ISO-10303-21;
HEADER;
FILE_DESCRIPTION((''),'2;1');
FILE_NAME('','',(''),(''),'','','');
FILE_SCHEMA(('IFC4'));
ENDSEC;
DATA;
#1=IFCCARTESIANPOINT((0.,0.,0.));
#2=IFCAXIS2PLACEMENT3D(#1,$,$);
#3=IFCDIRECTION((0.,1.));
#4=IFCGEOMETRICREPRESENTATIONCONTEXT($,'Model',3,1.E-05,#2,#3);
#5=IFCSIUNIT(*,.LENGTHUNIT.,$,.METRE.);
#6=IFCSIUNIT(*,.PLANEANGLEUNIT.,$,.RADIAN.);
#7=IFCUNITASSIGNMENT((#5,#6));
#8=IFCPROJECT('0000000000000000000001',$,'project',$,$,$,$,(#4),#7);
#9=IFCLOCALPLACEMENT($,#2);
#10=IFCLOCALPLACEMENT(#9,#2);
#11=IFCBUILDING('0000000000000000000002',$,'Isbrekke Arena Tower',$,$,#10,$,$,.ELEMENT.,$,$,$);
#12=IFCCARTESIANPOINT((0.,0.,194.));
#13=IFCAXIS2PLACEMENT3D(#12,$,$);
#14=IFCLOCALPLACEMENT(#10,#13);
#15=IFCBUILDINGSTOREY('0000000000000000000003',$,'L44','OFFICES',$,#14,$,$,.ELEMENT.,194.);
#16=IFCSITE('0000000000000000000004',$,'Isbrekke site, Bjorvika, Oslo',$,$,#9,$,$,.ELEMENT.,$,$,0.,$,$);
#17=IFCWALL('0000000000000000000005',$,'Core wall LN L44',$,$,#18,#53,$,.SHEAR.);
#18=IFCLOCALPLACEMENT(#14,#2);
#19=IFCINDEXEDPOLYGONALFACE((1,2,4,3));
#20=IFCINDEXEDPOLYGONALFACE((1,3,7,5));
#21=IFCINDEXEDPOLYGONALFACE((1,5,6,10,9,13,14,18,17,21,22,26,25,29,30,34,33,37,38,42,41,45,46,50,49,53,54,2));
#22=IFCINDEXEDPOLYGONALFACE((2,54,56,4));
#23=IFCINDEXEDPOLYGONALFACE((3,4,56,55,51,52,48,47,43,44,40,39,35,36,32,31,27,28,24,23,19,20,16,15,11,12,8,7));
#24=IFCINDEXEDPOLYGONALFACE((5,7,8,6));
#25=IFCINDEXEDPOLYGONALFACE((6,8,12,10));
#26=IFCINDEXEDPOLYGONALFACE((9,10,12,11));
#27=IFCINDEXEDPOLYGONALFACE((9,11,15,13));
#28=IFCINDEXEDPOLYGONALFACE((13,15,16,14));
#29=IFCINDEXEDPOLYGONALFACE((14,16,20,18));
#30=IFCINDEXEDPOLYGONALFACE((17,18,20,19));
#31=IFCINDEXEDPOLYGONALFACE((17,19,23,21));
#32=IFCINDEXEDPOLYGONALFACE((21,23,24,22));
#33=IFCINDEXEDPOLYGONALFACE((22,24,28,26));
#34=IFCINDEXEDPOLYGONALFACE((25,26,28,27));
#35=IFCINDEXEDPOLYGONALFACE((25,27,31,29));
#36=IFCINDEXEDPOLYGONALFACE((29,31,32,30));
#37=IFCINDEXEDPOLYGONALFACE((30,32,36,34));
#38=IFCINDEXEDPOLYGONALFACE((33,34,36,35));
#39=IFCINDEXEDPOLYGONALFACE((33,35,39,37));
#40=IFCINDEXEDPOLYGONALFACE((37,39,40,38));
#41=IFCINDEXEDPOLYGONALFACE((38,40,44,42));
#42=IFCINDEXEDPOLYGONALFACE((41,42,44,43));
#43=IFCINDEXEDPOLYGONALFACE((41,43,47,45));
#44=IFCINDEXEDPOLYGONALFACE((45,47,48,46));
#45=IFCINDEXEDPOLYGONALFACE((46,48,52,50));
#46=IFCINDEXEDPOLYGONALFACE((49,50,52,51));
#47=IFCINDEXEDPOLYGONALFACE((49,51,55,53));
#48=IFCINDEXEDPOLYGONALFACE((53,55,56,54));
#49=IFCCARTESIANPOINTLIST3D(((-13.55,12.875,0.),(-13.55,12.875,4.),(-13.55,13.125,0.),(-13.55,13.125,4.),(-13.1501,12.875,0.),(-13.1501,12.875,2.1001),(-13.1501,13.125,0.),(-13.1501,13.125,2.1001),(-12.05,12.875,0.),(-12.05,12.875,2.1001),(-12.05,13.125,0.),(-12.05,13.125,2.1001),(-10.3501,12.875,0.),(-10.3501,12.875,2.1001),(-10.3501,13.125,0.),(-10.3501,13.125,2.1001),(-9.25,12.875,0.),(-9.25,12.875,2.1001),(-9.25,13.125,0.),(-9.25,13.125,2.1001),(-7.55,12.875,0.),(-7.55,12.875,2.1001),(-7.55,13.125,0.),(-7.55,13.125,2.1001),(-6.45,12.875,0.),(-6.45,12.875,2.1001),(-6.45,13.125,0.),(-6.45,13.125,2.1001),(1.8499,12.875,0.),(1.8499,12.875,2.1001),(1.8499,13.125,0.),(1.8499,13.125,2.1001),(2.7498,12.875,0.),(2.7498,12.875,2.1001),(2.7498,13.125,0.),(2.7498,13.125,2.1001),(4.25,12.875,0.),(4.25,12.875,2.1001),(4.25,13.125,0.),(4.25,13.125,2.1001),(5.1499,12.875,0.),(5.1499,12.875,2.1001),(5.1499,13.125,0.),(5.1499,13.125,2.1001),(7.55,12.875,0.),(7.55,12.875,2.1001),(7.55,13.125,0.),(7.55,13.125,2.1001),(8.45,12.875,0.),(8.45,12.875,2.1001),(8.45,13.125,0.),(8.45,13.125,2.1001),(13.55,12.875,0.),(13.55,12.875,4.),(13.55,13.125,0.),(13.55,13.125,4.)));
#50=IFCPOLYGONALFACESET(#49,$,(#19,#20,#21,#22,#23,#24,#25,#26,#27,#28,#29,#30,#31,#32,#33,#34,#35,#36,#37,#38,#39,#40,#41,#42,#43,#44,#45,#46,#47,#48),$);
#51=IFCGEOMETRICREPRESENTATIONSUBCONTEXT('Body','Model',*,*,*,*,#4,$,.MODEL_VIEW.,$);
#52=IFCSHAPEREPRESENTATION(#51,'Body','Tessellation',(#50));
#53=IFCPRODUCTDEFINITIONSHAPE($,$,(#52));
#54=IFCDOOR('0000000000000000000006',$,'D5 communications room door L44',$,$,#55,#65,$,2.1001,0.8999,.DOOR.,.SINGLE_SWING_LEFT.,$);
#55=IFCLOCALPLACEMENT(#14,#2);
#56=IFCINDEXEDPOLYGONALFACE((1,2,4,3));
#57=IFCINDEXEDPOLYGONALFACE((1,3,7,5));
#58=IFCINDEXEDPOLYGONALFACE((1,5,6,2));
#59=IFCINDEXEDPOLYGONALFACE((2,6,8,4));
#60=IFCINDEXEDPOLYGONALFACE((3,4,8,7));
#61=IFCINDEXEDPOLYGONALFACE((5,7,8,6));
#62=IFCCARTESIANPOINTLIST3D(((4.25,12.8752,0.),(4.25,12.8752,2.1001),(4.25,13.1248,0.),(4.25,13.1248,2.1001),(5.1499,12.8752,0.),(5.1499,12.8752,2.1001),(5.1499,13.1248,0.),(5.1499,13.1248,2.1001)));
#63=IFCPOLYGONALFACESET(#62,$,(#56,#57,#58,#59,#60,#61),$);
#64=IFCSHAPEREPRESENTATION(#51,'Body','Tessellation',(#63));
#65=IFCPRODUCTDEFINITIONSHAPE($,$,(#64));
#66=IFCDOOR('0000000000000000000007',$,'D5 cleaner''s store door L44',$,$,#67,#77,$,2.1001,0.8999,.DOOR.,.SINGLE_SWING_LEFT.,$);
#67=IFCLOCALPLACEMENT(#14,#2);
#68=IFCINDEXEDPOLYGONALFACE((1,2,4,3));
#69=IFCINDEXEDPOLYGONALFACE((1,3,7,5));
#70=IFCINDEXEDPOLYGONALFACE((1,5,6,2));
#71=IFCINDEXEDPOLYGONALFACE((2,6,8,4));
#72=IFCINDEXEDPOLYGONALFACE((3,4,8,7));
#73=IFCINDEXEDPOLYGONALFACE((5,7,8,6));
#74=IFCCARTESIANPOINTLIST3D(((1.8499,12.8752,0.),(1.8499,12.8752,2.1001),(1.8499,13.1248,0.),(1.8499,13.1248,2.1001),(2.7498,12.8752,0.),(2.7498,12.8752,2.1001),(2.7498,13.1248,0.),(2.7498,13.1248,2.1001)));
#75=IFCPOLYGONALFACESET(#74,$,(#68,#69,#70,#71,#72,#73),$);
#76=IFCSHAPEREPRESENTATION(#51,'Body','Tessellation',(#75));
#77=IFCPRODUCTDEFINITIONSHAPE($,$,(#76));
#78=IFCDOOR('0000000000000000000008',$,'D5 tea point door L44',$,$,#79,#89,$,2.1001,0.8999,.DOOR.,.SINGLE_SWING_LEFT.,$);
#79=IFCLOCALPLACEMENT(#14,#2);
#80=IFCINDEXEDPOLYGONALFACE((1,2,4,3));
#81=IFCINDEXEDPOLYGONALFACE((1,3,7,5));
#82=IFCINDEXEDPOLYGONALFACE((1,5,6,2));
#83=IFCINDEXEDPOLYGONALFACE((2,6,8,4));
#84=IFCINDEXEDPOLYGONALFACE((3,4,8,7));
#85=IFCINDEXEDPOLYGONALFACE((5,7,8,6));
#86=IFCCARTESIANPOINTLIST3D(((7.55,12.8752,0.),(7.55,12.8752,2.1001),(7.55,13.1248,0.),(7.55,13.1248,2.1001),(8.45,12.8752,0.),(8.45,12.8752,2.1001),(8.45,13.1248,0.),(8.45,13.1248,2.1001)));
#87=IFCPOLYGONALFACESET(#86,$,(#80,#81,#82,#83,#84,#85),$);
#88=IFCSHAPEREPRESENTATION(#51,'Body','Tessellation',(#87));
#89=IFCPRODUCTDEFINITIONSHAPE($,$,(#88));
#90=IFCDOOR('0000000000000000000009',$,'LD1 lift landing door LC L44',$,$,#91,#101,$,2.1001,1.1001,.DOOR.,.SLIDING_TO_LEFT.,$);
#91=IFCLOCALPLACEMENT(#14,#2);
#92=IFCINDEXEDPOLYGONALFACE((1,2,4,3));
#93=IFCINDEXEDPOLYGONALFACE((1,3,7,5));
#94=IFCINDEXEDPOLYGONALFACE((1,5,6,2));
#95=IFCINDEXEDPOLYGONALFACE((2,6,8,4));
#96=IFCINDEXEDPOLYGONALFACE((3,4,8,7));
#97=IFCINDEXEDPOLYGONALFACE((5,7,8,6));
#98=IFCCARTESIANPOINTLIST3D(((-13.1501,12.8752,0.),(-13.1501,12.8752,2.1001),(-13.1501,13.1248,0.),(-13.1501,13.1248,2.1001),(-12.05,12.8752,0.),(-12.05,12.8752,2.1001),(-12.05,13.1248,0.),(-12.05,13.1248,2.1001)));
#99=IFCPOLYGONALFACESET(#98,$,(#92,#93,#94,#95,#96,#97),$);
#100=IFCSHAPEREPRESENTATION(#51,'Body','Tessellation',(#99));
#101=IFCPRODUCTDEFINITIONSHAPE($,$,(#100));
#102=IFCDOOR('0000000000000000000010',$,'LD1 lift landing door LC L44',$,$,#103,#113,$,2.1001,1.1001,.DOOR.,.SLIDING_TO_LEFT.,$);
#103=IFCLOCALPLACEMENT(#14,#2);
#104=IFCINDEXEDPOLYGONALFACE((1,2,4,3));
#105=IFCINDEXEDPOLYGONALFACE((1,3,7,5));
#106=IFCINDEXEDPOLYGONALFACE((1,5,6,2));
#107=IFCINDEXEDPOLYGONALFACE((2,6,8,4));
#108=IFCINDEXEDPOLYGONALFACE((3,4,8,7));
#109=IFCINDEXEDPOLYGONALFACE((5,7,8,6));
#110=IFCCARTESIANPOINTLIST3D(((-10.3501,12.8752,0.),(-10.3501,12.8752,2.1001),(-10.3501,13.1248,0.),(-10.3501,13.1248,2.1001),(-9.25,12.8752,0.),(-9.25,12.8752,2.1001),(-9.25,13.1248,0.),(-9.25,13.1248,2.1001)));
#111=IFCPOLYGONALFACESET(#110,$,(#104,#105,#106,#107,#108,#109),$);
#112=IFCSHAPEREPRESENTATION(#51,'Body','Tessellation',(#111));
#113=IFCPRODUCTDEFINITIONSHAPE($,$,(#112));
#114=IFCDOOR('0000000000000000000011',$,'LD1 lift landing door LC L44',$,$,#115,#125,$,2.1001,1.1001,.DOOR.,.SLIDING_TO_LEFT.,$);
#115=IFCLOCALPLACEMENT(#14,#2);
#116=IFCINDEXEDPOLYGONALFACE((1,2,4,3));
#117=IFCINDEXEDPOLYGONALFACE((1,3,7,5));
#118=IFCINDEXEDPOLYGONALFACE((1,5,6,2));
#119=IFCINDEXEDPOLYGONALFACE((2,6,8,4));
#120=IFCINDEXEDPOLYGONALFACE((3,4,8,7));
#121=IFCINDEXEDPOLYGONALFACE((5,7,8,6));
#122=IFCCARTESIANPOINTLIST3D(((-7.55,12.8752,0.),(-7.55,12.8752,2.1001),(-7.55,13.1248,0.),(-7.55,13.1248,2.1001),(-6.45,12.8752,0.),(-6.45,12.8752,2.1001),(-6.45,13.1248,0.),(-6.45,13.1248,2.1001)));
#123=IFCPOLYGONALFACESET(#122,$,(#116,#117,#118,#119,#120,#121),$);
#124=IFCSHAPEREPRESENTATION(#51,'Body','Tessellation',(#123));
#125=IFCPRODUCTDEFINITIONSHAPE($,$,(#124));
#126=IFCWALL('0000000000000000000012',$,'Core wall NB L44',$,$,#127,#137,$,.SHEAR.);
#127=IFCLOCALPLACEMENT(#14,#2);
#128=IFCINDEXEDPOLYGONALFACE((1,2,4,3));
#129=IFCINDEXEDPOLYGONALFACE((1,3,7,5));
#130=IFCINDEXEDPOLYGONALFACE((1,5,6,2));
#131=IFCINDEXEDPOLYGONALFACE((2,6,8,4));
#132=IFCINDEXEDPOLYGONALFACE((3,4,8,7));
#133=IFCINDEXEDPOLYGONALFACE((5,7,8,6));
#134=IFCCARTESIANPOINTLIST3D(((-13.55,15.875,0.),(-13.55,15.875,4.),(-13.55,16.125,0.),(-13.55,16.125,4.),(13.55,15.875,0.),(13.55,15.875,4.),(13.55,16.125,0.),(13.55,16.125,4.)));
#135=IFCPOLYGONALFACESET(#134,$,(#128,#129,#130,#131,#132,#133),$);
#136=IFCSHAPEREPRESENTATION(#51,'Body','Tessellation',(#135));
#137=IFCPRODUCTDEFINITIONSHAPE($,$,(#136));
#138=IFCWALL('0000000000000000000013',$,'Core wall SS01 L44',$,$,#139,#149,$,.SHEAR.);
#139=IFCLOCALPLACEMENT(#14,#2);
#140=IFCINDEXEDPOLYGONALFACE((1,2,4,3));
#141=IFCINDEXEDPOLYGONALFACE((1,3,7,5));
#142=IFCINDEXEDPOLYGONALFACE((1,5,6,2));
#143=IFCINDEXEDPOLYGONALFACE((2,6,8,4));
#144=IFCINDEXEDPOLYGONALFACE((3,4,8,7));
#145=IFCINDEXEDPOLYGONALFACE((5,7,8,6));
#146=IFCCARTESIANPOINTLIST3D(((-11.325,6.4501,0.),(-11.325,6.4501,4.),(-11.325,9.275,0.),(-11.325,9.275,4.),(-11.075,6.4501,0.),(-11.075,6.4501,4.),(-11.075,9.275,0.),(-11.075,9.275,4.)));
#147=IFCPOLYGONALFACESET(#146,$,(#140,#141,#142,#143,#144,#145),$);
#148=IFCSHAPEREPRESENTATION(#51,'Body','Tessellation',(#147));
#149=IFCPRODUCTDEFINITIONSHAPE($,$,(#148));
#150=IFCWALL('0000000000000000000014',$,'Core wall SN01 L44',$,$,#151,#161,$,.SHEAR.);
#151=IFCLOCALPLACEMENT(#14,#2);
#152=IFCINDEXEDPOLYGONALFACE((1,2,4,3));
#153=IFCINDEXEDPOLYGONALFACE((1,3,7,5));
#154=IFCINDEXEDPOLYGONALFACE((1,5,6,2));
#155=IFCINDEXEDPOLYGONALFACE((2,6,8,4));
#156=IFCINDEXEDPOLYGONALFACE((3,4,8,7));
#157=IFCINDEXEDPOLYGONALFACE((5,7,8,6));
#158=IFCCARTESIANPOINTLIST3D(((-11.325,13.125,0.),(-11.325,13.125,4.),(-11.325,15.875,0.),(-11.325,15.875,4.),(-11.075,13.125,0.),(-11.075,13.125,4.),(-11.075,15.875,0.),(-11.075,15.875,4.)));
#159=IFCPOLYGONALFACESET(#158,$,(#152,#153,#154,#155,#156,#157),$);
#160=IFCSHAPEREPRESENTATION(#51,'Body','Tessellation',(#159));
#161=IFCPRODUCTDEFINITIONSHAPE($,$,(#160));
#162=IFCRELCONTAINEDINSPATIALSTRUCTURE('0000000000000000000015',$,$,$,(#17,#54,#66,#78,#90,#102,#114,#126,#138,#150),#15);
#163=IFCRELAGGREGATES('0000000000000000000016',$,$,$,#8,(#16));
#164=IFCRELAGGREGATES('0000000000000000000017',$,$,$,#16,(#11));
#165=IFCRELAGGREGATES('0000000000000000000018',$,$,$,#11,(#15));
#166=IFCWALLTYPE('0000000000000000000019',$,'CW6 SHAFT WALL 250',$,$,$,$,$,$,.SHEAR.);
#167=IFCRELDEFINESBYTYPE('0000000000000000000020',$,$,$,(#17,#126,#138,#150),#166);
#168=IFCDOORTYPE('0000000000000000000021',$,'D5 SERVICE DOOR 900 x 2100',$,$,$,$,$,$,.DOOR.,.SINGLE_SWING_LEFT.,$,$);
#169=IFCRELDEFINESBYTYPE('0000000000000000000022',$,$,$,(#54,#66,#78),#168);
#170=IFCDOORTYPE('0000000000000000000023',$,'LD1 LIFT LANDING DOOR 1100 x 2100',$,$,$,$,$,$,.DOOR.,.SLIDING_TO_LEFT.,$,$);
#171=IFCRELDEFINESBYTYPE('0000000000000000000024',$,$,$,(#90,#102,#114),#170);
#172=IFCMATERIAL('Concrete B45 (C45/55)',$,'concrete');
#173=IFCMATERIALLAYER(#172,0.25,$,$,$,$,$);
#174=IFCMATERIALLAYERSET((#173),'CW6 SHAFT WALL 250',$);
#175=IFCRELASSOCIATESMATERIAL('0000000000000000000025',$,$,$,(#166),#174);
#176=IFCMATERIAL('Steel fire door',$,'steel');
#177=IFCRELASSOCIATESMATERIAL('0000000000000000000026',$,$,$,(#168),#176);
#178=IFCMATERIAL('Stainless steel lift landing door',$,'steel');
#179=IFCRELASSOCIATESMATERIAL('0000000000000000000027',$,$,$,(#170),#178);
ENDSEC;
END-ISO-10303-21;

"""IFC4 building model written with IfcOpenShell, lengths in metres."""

from ifc_helpers import new_model, si_unit, direction, frame, frame_2d, origin, place, context, subcontext, project, spatial, rectangle, extrude, material, layer, layer_set, type_object, element, fill, save


model = new_model("IFC4")

# Units and contexts
model_context = context("Model", 3, precision=1e-05, world=origin(), true_north=direction((0.0, 1.0)))
body_context = subcontext(model_context, "Body", "Model", "MODEL_VIEW")
ifc_project = project(units=[si_unit("LENGTHUNIT", "METRE"), si_unit("PLANEANGLEUNIT", "RADIAN")], contexts=[model_context])

# Site, building, storey
site_placement = place(None, origin())
site = spatial("IfcSite", under=ifc_project, at=site_placement, Name="Isbrekke site, Bjorvika, Oslo", CompositionType="ELEMENT", RefElevation=0.0)
building_placement = place(site_placement, origin())
building = spatial("IfcBuilding", under=site, at=building_placement, Name="Isbrekke Arena Tower", CompositionType="ELEMENT")
storey_placement = place(building_placement, frame((0.0, 0.0, 194.0)))
storey = spatial("IfcBuildingStorey", under=building, at=storey_placement, Name="L44", Description="OFFICES", CompositionType="ELEMENT", Elevation=194.0)

# Wall, openings, doors
ifc_material_1 = material(Name="Concrete B45 (C45/55)", Category="concrete")
ifc_layer_1 = layer(ifc_material_1, 0.25)
ifc_layer_set_1 = layer_set([ifc_layer_1], Name="CW6 SHAFT WALL 250")
wall_type_1 = type_object("IfcWallType", Name="CW6 SHAFT WALL 250", PredefinedType="SHEAR", material=ifc_layer_set_1)
ifc_material_2 = material(Name="Steel fire door", Category="steel")
door_type_1 = type_object("IfcDoorType", Name="D5 SERVICE DOOR 900 x 2100", OperationType="SINGLE_SWING_LEFT", PredefinedType="DOOR", material=ifc_material_2)
ifc_material_3 = material(Name="Stainless steel lift landing door", Category="steel")
door_type_2 = type_object("IfcDoorType", Name="LD1 LIFT LANDING DOOR 1100 x 2100", OperationType="SLIDING_TO_LEFT", PredefinedType="DOOR", material=ifc_material_3)
wall_1_placement = place(storey_placement, frame((-13.55, 13.0, 0.0), z_axis=(0.0, 0.0, 1.0), x_axis=(1.0, 0.0, 0.0)))
wall_1 = element("IfcWall", 1, at=wall_1_placement, inside=storey, type_object=wall_type_1, Name="Core wall LN L44", PredefinedType="SHEAR", context=body_context, shape_type="SweptSolid", body=[
    extrude(rectangle(XDim=27.1001, YDim=0.25, at=frame_2d((13.55, 0.0))), origin(), (0.0, 0.0, 1.0), 4.0),
])
opening_1_placement = place(wall_1_placement, frame((0.3999, 0.0, 0.0)))
opening_1 = element("IfcOpeningElement", 2, at=opening_1_placement, cuts=wall_1, PredefinedType="OPENING", context=body_context, shape_type="SweptSolid", body=[
    extrude(rectangle(XDim=1.1001, YDim=2.1001, at=frame_2d((0.55, 1.05))), frame((0.0, 0.1399, 0.0), z_axis=(0.0, -1.0, 0.0), x_axis=(1.0, 0.0, 0.0)), (0.0, 0.0, 1.0), 0.2798),
])
opening_2_placement = place(wall_1_placement, frame((3.2, 0.0, 0.0)))
opening_2 = element("IfcOpeningElement", 3, at=opening_2_placement, cuts=wall_1, PredefinedType="OPENING", context=body_context, shape_type="SweptSolid", body=[
    extrude(rectangle(XDim=1.1001, YDim=2.1001, at=frame_2d((0.55, 1.05))), frame((0.0, 0.1399, 0.0), z_axis=(0.0, -1.0, 0.0), x_axis=(1.0, 0.0, 0.0)), (0.0, 0.0, 1.0), 0.2798),
])
opening_3_placement = place(wall_1_placement, frame((6.0, 0.0, 0.0)))
opening_3 = element("IfcOpeningElement", 4, at=opening_3_placement, cuts=wall_1, PredefinedType="OPENING", context=body_context, shape_type="SweptSolid", body=[
    extrude(rectangle(XDim=1.1001, YDim=2.1001, at=frame_2d((0.55, 1.05))), frame((0.0, 0.1399, 0.0), z_axis=(0.0, -1.0, 0.0), x_axis=(1.0, 0.0, 0.0)), (0.0, 0.0, 1.0), 0.2798),
])
opening_4_placement = place(wall_1_placement, frame((17.8, 0.0, 0.0)))
opening_4 = element("IfcOpeningElement", 5, at=opening_4_placement, cuts=wall_1, PredefinedType="OPENING", context=body_context, shape_type="SweptSolid", body=[
    extrude(rectangle(XDim=0.8999, YDim=2.1001, at=frame_2d((0.45, 1.05))), frame((0.0, 0.1399, 0.0), z_axis=(0.0, -1.0, 0.0), x_axis=(1.0, 0.0, 0.0)), (0.0, 0.0, 1.0), 0.2798),
])
opening_5_placement = place(wall_1_placement, frame((15.3999, 0.0, 0.0)))
opening_5 = element("IfcOpeningElement", 6, at=opening_5_placement, cuts=wall_1, PredefinedType="OPENING", context=body_context, shape_type="SweptSolid", body=[
    extrude(rectangle(XDim=0.8999, YDim=2.1001, at=frame_2d((0.45, 1.05))), frame((0.0, 0.1399, 0.0), z_axis=(0.0, -1.0, 0.0), x_axis=(1.0, 0.0, 0.0)), (0.0, 0.0, 1.0), 0.2798),
])
opening_6_placement = place(wall_1_placement, frame((21.1001, 0.0, 0.0)))
opening_6 = element("IfcOpeningElement", 7, at=opening_6_placement, cuts=wall_1, PredefinedType="OPENING", context=body_context, shape_type="SweptSolid", body=[
    extrude(rectangle(XDim=0.8999, YDim=2.1001, at=frame_2d((0.45, 1.05))), frame((0.0, 0.1399, 0.0), z_axis=(0.0, -1.0, 0.0), x_axis=(1.0, 0.0, 0.0)), (0.0, 0.0, 1.0), 0.2798),
])
door_1_placement = place(opening_4_placement, origin())
door_1 = element("IfcDoor", 8, at=door_1_placement, inside=storey, type_object=door_type_1, Name="D5 communications room door L44", OperationType="SINGLE_SWING_LEFT", OverallHeight=2.1001, OverallWidth=0.8999, PredefinedType="DOOR", context=body_context, shape_type="SweptSolid", body=[
    extrude(rectangle(XDim=0.8999, YDim=2.1001, at=frame_2d((0.45, 1.05))), frame((0.0, 0.1248, 0.0), z_axis=(0.0, -1.0, 0.0), x_axis=(1.0, 0.0, 0.0)), (0.0, 0.0, 1.0), 0.2495),
])
fill(opening_4, door_1)
door_2_placement = place(opening_5_placement, origin())
door_2 = element("IfcDoor", 9, at=door_2_placement, inside=storey, type_object=door_type_1, Name="D5 cleaner's store door L44", OperationType="SINGLE_SWING_LEFT", OverallHeight=2.1001, OverallWidth=0.8999, PredefinedType="DOOR", context=body_context, shape_type="SweptSolid", body=[
    extrude(rectangle(XDim=0.8999, YDim=2.1001, at=frame_2d((0.45, 1.05))), frame((0.0, 0.1248, 0.0), z_axis=(0.0, -1.0, 0.0), x_axis=(1.0, 0.0, 0.0)), (0.0, 0.0, 1.0), 0.2495),
])
fill(opening_5, door_2)
door_3_placement = place(opening_6_placement, origin())
door_3 = element("IfcDoor", 10, at=door_3_placement, inside=storey, type_object=door_type_1, Name="D5 tea point door L44", OperationType="SINGLE_SWING_LEFT", OverallHeight=2.1001, OverallWidth=0.8999, PredefinedType="DOOR", context=body_context, shape_type="SweptSolid", body=[
    extrude(rectangle(XDim=0.8999, YDim=2.1001, at=frame_2d((0.45, 1.05))), frame((0.0, 0.1248, 0.0), z_axis=(0.0, -1.0, 0.0), x_axis=(1.0, 0.0, 0.0)), (0.0, 0.0, 1.0), 0.2495),
])
fill(opening_6, door_3)
door_4_placement = place(opening_1_placement, origin())
door_4 = element("IfcDoor", 11, at=door_4_placement, inside=storey, type_object=door_type_2, Name="LD1 lift landing door LC L44", OperationType="SLIDING_TO_LEFT", OverallHeight=2.1001, OverallWidth=1.1001, PredefinedType="DOOR", context=body_context, shape_type="SweptSolid", body=[
    extrude(rectangle(XDim=1.1001, YDim=2.1001, at=frame_2d((0.55, 1.05))), frame((0.0, 0.1248, 0.0), z_axis=(0.0, -1.0, 0.0), x_axis=(1.0, 0.0, 0.0)), (0.0, 0.0, 1.0), 0.2495),
])
fill(opening_1, door_4)
door_5_placement = place(opening_2_placement, origin())
door_5 = element("IfcDoor", 12, at=door_5_placement, inside=storey, type_object=door_type_2, Name="LD1 lift landing door LC L44", OperationType="SLIDING_TO_LEFT", OverallHeight=2.1001, OverallWidth=1.1001, PredefinedType="DOOR", context=body_context, shape_type="SweptSolid", body=[
    extrude(rectangle(XDim=1.1001, YDim=2.1001, at=frame_2d((0.55, 1.05))), frame((0.0, 0.1248, 0.0), z_axis=(0.0, -1.0, 0.0), x_axis=(1.0, 0.0, 0.0)), (0.0, 0.0, 1.0), 0.2495),
])
fill(opening_2, door_5)
door_6_placement = place(opening_3_placement, origin())
door_6 = element("IfcDoor", 13, at=door_6_placement, inside=storey, type_object=door_type_2, Name="LD1 lift landing door LC L44", OperationType="SLIDING_TO_LEFT", OverallHeight=2.1001, OverallWidth=1.1001, PredefinedType="DOOR", context=body_context, shape_type="SweptSolid", body=[
    extrude(rectangle(XDim=1.1001, YDim=2.1001, at=frame_2d((0.55, 1.05))), frame((0.0, 0.1248, 0.0), z_axis=(0.0, -1.0, 0.0), x_axis=(1.0, 0.0, 0.0)), (0.0, 0.0, 1.0), 0.2495),
])
fill(opening_3, door_6)

# Walls
wall_2_placement = place(storey_placement, frame((-13.55, 16.0, 0.0), z_axis=(0.0, 0.0, 1.0), x_axis=(1.0, 0.0, 0.0)))
element("IfcWall", 14, at=wall_2_placement, inside=storey, type_object=wall_type_1, Name="Core wall NB L44", PredefinedType="SHEAR", context=body_context, shape_type="SweptSolid", body=[
    extrude(rectangle(XDim=27.1001, YDim=0.25, at=frame_2d((13.55, 0.0))), origin(), (0.0, 0.0, 1.0), 4.0),
])
wall_3_placement = place(storey_placement, frame((-11.2, 6.45, 0.0), z_axis=(0.0, 0.0, 1.0), x_axis=(0.0, 1.0, 0.0)))
element("IfcWall", 15, at=wall_3_placement, inside=storey, type_object=wall_type_1, Name="Core wall SS01 L44", PredefinedType="SHEAR", context=body_context, shape_type="SweptSolid", body=[
    extrude(rectangle(XDim=2.825, YDim=0.25, at=frame_2d((1.4126, 0.0))), origin(), (0.0, 0.0, 1.0), 4.0),
])
wall_4_placement = place(storey_placement, frame((-11.2, 13.125, 0.0), z_axis=(0.0, 0.0, 1.0), x_axis=(0.0, 1.0, 0.0)))
element("IfcWall", 16, at=wall_4_placement, inside=storey, type_object=wall_type_1, Name="Core wall SN01 L44", PredefinedType="SHEAR", context=body_context, shape_type="SweptSolid", body=[
    extrude(rectangle(XDim=2.75, YDim=0.25, at=frame_2d((1.375, 0.0))), origin(), (0.0, 0.0, 1.0), 4.0),
])

save(model, "model.ifc")
